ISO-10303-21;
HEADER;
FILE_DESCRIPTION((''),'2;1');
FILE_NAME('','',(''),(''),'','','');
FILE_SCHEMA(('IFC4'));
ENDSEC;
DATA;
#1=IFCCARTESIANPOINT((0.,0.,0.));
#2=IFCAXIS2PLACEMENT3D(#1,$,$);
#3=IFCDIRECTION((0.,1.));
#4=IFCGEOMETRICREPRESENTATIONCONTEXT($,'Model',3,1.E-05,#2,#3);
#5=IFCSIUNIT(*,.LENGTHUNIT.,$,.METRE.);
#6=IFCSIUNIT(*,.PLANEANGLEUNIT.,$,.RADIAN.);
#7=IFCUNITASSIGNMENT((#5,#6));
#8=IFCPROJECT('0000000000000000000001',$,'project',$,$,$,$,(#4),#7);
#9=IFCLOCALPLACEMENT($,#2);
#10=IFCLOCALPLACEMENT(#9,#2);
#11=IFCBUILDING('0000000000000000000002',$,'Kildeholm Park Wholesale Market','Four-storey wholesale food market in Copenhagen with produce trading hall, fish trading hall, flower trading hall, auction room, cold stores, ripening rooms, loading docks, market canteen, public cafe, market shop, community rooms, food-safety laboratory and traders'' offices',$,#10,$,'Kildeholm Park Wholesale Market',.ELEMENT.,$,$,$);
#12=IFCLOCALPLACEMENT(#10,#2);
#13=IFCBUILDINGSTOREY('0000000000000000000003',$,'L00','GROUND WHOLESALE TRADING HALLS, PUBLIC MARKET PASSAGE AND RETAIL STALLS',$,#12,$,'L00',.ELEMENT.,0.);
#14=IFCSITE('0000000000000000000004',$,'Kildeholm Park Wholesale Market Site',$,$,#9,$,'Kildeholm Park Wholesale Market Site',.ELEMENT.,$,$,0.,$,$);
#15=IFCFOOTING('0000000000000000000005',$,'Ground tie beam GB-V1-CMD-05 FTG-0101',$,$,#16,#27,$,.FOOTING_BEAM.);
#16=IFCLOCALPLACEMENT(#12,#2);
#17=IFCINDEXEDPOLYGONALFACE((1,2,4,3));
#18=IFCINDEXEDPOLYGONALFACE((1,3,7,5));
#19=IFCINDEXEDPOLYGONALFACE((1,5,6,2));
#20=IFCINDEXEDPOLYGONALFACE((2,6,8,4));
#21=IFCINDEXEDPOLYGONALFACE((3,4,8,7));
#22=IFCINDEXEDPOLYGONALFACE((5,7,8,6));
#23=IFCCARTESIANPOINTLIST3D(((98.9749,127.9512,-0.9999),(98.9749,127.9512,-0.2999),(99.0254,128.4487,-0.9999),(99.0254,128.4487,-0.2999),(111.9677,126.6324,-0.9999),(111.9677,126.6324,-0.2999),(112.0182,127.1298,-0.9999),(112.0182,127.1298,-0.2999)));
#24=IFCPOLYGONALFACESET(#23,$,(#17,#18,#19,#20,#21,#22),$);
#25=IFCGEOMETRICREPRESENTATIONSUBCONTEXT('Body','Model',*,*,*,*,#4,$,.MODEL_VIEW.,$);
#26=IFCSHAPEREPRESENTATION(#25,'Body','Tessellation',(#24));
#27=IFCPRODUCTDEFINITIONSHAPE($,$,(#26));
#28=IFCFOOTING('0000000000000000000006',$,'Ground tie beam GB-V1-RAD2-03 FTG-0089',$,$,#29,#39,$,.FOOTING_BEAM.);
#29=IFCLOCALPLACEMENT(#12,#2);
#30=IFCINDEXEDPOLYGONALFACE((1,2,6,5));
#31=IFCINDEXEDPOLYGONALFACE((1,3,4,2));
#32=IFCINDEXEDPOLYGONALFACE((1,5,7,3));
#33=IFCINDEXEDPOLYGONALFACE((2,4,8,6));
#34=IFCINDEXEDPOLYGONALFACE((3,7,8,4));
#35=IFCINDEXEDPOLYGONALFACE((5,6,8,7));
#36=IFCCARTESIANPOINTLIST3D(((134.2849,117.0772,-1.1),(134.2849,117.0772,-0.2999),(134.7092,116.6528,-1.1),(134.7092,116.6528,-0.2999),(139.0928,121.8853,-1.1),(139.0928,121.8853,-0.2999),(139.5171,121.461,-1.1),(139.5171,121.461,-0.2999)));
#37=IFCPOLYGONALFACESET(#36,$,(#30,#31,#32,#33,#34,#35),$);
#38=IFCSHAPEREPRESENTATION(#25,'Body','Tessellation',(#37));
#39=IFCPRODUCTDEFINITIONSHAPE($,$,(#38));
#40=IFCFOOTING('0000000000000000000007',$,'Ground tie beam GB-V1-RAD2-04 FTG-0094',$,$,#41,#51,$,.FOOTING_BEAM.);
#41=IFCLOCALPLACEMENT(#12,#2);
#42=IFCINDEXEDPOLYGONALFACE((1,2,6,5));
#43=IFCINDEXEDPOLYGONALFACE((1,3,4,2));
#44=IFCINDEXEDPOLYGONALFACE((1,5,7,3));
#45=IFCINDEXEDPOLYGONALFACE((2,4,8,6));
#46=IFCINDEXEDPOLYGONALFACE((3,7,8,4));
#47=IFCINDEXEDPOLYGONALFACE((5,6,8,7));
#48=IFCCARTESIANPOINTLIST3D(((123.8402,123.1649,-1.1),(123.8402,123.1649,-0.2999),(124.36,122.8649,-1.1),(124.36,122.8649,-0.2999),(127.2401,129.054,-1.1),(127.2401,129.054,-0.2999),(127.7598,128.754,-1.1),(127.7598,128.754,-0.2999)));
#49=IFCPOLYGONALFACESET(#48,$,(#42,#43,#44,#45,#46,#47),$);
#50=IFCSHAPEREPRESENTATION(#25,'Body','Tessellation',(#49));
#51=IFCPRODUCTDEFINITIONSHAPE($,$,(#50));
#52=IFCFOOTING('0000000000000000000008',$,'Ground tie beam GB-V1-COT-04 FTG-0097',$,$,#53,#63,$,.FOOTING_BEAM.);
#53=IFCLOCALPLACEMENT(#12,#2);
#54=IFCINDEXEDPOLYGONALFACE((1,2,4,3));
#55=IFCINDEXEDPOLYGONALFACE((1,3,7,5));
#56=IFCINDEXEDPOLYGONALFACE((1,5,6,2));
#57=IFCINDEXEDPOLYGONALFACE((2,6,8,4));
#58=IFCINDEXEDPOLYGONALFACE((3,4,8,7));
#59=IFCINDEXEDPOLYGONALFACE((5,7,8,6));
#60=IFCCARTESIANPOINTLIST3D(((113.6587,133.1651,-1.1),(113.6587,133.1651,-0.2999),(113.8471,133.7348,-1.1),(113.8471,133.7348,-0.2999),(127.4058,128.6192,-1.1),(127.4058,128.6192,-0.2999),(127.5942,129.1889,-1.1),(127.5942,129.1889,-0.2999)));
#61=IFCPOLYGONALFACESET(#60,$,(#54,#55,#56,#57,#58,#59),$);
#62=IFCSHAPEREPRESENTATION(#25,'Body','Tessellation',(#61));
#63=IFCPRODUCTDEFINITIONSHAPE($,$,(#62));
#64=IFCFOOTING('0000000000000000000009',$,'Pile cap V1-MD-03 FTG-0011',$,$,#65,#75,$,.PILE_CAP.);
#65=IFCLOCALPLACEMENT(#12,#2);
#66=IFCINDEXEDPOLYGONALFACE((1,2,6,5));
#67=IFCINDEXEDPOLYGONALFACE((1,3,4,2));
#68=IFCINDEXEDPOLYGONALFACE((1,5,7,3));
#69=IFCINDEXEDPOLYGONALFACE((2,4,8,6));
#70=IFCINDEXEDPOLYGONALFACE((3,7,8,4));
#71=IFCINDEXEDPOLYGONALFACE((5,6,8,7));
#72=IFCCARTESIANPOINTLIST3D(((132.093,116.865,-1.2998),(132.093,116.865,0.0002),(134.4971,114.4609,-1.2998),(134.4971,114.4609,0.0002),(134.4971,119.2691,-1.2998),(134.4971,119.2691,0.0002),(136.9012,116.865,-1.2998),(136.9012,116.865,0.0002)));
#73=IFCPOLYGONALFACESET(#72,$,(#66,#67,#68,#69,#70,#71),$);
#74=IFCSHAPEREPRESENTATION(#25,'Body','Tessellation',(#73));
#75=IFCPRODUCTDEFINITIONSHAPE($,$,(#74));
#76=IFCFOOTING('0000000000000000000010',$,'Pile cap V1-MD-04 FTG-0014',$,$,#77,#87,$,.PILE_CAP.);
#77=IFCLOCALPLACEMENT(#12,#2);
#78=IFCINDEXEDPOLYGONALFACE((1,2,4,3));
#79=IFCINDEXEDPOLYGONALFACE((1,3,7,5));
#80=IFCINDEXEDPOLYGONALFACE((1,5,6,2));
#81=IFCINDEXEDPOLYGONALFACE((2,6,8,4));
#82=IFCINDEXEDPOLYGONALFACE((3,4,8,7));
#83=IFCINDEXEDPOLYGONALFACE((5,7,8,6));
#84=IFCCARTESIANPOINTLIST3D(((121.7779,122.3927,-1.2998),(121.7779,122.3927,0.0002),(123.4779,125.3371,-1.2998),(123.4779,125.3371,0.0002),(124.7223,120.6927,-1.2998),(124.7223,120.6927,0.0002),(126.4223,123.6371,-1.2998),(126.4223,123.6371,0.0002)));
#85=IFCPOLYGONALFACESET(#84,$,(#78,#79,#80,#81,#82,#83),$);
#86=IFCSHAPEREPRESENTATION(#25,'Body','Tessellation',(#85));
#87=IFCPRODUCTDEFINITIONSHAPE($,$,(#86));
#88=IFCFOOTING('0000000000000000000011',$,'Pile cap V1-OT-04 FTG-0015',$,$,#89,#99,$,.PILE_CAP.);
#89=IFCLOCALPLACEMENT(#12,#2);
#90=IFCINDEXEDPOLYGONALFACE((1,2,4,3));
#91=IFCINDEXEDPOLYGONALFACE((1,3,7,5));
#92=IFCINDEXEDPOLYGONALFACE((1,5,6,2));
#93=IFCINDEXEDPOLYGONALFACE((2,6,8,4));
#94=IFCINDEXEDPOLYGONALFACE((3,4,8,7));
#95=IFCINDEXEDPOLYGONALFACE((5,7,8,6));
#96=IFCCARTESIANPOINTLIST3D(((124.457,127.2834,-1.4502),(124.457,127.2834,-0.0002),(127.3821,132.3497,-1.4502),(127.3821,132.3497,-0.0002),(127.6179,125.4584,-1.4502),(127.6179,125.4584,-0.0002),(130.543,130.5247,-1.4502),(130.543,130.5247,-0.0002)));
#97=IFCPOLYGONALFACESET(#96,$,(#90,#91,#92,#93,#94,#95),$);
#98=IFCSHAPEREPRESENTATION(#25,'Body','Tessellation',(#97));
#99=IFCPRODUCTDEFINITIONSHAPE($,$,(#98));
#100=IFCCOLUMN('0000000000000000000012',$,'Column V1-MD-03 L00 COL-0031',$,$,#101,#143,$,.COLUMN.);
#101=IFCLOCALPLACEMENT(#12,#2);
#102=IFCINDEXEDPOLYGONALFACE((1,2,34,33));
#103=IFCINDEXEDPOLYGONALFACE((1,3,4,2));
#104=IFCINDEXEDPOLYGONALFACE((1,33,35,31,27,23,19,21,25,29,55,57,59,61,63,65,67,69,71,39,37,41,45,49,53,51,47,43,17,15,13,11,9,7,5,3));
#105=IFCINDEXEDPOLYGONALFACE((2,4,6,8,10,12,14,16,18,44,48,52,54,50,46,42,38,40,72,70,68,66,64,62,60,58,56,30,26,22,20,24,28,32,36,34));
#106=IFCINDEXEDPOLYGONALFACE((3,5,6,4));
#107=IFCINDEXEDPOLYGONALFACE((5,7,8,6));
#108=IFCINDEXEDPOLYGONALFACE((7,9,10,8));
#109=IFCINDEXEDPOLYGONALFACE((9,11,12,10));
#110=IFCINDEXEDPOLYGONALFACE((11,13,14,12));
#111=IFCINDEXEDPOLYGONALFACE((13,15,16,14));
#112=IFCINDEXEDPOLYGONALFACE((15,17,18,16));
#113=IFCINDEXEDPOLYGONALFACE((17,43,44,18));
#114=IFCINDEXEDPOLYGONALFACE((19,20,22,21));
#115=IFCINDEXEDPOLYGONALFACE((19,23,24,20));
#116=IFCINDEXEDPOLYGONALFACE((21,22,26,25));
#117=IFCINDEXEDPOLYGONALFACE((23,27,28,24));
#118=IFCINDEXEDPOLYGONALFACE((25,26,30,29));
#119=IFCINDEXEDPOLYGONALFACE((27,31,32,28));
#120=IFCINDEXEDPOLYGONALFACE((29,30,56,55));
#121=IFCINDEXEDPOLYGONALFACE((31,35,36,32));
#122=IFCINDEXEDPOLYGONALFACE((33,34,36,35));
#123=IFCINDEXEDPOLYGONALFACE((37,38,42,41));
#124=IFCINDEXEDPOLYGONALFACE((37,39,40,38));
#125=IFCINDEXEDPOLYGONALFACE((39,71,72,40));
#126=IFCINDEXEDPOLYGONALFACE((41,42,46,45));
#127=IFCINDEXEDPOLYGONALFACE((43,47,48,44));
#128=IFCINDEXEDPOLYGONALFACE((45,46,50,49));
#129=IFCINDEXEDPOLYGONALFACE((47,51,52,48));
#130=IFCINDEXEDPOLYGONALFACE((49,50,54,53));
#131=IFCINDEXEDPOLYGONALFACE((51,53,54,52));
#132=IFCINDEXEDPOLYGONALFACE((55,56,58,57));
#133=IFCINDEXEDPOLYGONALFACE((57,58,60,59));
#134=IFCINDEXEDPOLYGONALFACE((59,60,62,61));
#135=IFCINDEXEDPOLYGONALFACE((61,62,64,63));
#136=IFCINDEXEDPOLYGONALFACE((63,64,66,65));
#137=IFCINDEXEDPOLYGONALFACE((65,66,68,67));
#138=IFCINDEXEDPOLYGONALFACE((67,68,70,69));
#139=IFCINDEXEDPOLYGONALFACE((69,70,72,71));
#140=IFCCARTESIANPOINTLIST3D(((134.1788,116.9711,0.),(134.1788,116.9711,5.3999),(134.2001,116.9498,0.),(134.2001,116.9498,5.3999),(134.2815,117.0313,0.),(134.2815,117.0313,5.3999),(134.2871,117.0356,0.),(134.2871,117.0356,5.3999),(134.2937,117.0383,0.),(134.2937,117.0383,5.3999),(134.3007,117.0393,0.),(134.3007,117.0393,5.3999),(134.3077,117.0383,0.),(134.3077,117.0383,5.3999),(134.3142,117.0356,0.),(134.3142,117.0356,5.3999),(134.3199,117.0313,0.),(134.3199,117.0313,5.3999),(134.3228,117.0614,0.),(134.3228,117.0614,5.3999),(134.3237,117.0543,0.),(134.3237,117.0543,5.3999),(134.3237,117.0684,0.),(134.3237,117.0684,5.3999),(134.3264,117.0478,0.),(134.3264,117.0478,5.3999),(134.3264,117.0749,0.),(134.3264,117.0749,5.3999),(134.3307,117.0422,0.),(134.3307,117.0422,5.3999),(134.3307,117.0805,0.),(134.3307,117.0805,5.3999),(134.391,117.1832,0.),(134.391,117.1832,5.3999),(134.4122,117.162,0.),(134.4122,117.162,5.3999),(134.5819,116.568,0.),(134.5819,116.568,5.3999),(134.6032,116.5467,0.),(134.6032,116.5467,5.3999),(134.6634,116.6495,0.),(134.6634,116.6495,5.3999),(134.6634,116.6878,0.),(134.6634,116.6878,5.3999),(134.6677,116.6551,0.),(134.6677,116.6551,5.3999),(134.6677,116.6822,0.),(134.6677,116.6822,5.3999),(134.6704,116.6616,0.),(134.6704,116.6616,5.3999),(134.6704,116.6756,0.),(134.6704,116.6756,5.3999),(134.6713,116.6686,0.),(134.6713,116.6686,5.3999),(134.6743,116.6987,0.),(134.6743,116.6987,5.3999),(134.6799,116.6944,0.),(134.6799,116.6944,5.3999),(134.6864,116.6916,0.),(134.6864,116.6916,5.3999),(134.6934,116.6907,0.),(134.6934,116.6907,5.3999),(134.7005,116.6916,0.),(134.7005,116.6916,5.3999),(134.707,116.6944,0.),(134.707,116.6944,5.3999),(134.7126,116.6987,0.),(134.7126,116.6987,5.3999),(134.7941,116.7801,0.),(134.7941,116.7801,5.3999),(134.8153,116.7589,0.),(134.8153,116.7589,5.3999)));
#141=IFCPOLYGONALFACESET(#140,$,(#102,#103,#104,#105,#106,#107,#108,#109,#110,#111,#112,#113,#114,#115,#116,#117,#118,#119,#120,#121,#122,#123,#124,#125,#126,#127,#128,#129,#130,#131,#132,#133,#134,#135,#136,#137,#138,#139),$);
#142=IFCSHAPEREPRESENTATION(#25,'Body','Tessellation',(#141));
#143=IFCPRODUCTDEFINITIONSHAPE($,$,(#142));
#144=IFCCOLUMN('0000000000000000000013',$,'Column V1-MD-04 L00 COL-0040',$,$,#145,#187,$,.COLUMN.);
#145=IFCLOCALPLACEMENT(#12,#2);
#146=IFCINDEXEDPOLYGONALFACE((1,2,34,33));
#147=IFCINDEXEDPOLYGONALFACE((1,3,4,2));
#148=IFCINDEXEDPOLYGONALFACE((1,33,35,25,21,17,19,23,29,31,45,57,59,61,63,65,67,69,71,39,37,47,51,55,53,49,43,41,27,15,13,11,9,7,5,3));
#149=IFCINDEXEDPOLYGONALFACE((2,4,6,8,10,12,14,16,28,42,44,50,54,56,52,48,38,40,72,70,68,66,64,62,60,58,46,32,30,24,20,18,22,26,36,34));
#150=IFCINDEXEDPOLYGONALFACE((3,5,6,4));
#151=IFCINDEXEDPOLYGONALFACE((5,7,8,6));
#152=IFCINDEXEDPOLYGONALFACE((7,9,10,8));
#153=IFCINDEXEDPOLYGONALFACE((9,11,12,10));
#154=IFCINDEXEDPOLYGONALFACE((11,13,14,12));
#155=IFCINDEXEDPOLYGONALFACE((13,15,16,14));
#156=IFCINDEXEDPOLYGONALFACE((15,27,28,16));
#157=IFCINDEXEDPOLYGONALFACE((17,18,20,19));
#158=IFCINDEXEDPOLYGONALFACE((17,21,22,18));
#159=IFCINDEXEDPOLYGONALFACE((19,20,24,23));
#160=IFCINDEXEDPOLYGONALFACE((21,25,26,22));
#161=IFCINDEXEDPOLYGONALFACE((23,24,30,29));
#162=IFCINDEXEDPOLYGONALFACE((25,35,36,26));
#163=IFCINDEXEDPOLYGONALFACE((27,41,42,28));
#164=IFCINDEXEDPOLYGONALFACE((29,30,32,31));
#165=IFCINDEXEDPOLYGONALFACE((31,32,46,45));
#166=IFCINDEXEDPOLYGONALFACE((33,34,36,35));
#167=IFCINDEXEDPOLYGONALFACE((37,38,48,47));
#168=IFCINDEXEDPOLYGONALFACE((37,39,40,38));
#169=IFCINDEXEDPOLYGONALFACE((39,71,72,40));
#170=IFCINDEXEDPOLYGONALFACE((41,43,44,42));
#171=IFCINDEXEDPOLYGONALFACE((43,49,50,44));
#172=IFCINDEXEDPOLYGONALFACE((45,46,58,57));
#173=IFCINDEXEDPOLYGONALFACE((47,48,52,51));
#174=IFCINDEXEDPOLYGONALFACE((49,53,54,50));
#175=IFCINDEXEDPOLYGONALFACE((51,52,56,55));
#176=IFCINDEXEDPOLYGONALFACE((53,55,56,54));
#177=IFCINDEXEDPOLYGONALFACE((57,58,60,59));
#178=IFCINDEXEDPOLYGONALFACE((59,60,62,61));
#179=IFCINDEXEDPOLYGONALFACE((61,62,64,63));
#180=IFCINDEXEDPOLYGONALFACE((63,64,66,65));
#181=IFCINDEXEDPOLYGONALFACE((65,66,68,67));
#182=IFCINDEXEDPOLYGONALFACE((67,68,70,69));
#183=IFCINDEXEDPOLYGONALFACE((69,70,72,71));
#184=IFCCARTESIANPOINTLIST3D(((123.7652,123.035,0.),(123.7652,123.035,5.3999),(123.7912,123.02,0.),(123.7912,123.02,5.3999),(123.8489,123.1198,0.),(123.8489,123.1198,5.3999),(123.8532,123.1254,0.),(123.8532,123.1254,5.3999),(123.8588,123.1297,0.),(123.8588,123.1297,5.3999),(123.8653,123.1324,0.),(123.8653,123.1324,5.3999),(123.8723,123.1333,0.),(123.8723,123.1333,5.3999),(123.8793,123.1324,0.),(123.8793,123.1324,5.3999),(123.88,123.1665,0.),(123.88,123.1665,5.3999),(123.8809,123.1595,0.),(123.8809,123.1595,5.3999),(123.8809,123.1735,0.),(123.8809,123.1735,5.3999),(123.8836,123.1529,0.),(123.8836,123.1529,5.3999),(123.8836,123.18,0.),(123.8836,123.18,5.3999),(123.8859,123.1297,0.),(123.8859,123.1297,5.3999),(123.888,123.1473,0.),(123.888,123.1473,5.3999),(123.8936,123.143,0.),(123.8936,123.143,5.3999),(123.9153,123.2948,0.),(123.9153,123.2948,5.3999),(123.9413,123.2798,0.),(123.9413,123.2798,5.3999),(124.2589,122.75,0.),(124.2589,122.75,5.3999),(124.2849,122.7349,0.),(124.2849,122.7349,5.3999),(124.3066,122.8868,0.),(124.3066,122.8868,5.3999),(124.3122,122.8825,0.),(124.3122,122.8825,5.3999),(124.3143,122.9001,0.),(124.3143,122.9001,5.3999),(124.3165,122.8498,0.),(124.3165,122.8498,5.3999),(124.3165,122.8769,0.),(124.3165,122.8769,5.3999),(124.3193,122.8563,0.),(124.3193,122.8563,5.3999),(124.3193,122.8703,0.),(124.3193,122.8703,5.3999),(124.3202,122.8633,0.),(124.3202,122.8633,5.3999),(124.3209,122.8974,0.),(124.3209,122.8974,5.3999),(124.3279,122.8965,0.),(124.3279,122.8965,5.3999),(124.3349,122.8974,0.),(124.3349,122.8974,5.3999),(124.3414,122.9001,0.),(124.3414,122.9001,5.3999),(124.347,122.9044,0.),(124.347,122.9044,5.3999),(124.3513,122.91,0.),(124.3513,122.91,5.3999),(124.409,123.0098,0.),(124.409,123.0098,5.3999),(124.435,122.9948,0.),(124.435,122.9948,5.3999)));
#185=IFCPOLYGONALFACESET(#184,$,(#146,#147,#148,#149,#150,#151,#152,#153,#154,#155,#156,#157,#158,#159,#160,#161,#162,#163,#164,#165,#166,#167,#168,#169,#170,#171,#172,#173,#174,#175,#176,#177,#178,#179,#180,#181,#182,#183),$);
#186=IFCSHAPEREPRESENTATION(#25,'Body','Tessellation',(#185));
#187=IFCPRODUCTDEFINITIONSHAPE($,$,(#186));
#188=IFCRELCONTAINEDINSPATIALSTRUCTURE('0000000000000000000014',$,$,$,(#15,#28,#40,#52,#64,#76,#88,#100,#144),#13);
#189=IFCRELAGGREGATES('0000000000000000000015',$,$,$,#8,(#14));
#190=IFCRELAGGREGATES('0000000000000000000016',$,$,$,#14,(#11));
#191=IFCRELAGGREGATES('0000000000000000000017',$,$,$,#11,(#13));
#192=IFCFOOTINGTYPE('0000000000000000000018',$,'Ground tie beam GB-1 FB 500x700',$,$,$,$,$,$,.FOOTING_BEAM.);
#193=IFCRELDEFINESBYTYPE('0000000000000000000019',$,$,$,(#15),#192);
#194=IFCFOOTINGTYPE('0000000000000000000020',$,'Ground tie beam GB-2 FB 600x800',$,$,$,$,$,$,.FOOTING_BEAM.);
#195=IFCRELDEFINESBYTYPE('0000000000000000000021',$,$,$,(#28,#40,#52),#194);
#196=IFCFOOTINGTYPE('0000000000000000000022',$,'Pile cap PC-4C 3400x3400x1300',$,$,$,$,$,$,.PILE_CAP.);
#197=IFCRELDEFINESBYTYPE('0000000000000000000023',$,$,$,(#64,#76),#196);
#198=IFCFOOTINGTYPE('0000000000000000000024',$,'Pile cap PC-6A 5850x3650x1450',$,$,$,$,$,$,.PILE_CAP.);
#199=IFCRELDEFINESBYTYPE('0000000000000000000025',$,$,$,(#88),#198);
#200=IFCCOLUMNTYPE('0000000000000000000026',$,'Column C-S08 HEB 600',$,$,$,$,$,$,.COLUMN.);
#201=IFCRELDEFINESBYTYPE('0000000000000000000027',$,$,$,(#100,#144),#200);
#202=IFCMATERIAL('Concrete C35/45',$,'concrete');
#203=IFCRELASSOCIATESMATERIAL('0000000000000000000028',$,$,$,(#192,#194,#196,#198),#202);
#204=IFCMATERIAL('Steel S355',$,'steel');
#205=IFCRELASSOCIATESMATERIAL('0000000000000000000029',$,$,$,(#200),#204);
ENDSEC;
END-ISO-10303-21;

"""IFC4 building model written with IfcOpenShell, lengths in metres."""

from ifc_helpers import new_model, si_unit, direction, frame, origin, origin_2d, place, context, subcontext, project, spatial, rectangle, i_section, extrude, material, material_profile, profile_set, type_object, element, save


model = new_model("IFC4")

# Units and contexts
model_context = context("Model", 3, precision=1e-05, world=origin(), true_north=direction((0.0, 1.0)))
body_context = subcontext(model_context, "Body", "Model", "MODEL_VIEW")
ifc_project = project(units=[si_unit("LENGTHUNIT", "METRE"), si_unit("PLANEANGLEUNIT", "RADIAN")], contexts=[model_context])

# Site, building, storey
site_placement = place(None, origin())
site = spatial("IfcSite", under=ifc_project, at=site_placement, Name="Kildeholm Park Wholesale Market Site", LongName="Kildeholm Park Wholesale Market Site", CompositionType="ELEMENT", RefElevation=0.0)
building_placement = place(site_placement, origin())
building = spatial("IfcBuilding", under=site, at=building_placement, Name="Kildeholm Park Wholesale Market", Description="Four-storey wholesale food market in Copenhagen with produce trading hall, fish trading hall, flower trading hall, auction room, cold stores, ripening rooms, loading docks, market canteen, public cafe, market shop, community rooms, food-safety laboratory and traders' offices", LongName="Kildeholm Park Wholesale Market", CompositionType="ELEMENT")
storey_placement = place(building_placement, origin())
storey = spatial("IfcBuildingStorey", under=building, at=storey_placement, Name="L00", Description="GROUND WHOLESALE TRADING HALLS, PUBLIC MARKET PASSAGE AND RETAIL STALLS", LongName="L00", CompositionType="ELEMENT", Elevation=0.0)

# Shared definitions
ifc_material_1 = material(Name="Concrete C35/45", Category="concrete")

# Footings
ifc_material_profile_1 = material_profile(ifc_material_1, rectangle(XDim=0.5, YDim=0.7, at=origin_2d()), Name="FB 500x700")
ifc_profile_set_1 = profile_set([ifc_material_profile_1], Name="Concrete C35/45")
footing_type_1 = type_object("IfcFootingType", Name="Ground tie beam GB-1 FB 500x700", PredefinedType="FOOTING_BEAM", material=ifc_profile_set_1)
footing_1_placement = place(storey_placement, frame((111.9929, 126.8811, -0.6499), z_axis=(-0.994888, 0.100986, 0.0), x_axis=(-0.100986, -0.994888, 0.0)))
element("IfcFooting", 1, at=footing_1_placement, inside=storey, type_object=footing_type_1, Name="Ground tie beam GB-V1-CMD-05 FTG-0101", PredefinedType="FOOTING_BEAM", context=body_context, shape_type="SweptSolid", body=[
    extrude(rectangle(XDim=0.5, YDim=0.7, at=origin_2d()), origin(), (0.0, 0.0, 1.0), 13.0596),
])
ifc_material_profile_2 = material_profile(ifc_material_1, rectangle(XDim=0.6001, YDim=0.8, at=origin_2d()), Name="FB 600x800")
ifc_profile_set_2 = profile_set([ifc_material_profile_2], Name="Concrete C35/45")
footing_type_2 = type_object("IfcFootingType", Name="Ground tie beam GB-2 FB 600x800", PredefinedType="FOOTING_BEAM", material=ifc_profile_set_2)
footing_2_placement = place(storey_placement, frame((134.4971, 116.865, -0.7), z_axis=(0.707089, 0.707125, 0.0), x_axis=(-0.707125, 0.707089, 0.0)))
element("IfcFooting", 2, at=footing_2_placement, inside=storey, type_object=footing_type_2, Name="Ground tie beam GB-V1-RAD2-03 FTG-0089", PredefinedType="FOOTING_BEAM", context=body_context, shape_type="SweptSolid", body=[
    extrude(rectangle(XDim=0.6001, YDim=0.8, at=origin_2d()), origin(), (0.0, 0.0, 1.0), 6.7996),
])
footing_3_placement = place(storey_placement, frame((124.1001, 123.0149, -0.7), z_axis=(0.499977, 0.866039, 0.0), x_axis=(-0.866039, 0.499977, 0.0)))
element("IfcFooting", 3, at=footing_3_placement, inside=storey, type_object=footing_type_2, Name="Ground tie beam GB-V1-RAD2-04 FTG-0094", PredefinedType="FOOTING_BEAM", context=body_context, shape_type="SweptSolid", body=[
    extrude(rectangle(XDim=0.6001, YDim=0.8, at=origin_2d()), origin(), (0.0, 0.0, 1.0), 6.8),
])
footing_4_placement = place(storey_placement, frame((127.5, 128.9041, -0.7), z_axis=(-0.949436, 0.313961, 0.0), x_axis=(-0.313961, -0.949436, 0.0)))
element("IfcFooting", 4, at=footing_4_placement, inside=storey, type_object=footing_type_2, Name="Ground tie beam GB-V1-COT-04 FTG-0097", PredefinedType="FOOTING_BEAM", context=body_context, shape_type="SweptSolid", body=[
    extrude(rectangle(XDim=0.6001, YDim=0.8, at=origin_2d()), origin(), (0.0, 0.0, 1.0), 14.4792),
])
footing_type_3 = type_object("IfcFootingType", Name="Pile cap PC-4C 3400x3400x1300", PredefinedType="PILE_CAP", material=ifc_material_1)
for number, where, z_axis, x_axis, name in (
    (5, (134.4971, 116.865, -1.2998), (0.0, 0.0, 1.0), (0.707107, 0.707107, 0.0), "Pile cap V1-MD-03 FTG-0011"),
    (6, (124.1001, 123.0149, -1.2998), (0.0, 0.0, 1.0), (0.5, 0.866025, 0.0), "Pile cap V1-MD-04 FTG-0014"),
):
    element("IfcFooting", number, at=place(storey_placement, frame(where, z_axis=z_axis, x_axis=x_axis)), inside=storey, type_object=footing_type_3, Name=name, PredefinedType="PILE_CAP", context=body_context, shape_type="SweptSolid", body=[
        extrude(rectangle(XDim=3.3999, YDim=3.3999, at=origin_2d()), origin(), (0.0, 0.0, 1.0), 1.3),
    ])
footing_type_4 = type_object("IfcFootingType", Name="Pile cap PC-6A 5850x3650x1450", PredefinedType="PILE_CAP", material=ifc_material_1)
footing_5_placement = place(storey_placement, frame((127.5, 128.9041, -1.4502), z_axis=(0.0, 0.0, 1.0), x_axis=(0.5, 0.866025, 0.0)))
element("IfcFooting", 7, at=footing_5_placement, inside=storey, type_object=footing_type_4, Name="Pile cap V1-OT-04 FTG-0015", PredefinedType="PILE_CAP", context=body_context, shape_type="SweptSolid", body=[
    extrude(rectangle(XDim=5.8501, YDim=3.6499, at=origin_2d()), origin(), (0.0, 0.0, 1.0), 1.45),
])

# Columns
ifc_material_2 = material(Name="Steel S355", Category="steel")
ifc_material_profile_3 = material_profile(ifc_material_2, i_section(OverallWidth=0.3, OverallDepth=0.6001, WebThickness=0.0154, FlangeThickness=0.03, FilletRadius=0.0271, at=origin_2d()), Name="HEB 600")
ifc_profile_set_3 = profile_set([ifc_material_profile_3], Name="Steel S355")
column_type_1 = type_object("IfcColumnType", Name="Column C-S08 HEB 600", PredefinedType="COLUMN", material=ifc_profile_set_3)
for number, where, z_axis, x_axis, name in (
    (8, (134.4971, 116.865, 0.0), (0.0, 0.0, 1.0), (0.707107, 0.707107, 0.0), "Column V1-MD-03 L00 COL-0031"),
    (9, (124.1001, 123.0149, 0.0), (0.0, 0.0, 1.0), (0.5, 0.866025, 0.0), "Column V1-MD-04 L00 COL-0040"),
):
    element("IfcColumn", number, at=place(storey_placement, frame(where, z_axis=z_axis, x_axis=x_axis)), inside=storey, type_object=column_type_1, Name=name, PredefinedType="COLUMN", context=body_context, shape_type="SweptSolid", body=[
        extrude(i_section(OverallWidth=0.3, OverallDepth=0.6001, WebThickness=0.0154, FlangeThickness=0.03, FilletRadius=0.0271, at=origin_2d()), origin(), (0.0, 0.0, 1.0), 5.3999),
    ])

save(model, "model.ifc")
